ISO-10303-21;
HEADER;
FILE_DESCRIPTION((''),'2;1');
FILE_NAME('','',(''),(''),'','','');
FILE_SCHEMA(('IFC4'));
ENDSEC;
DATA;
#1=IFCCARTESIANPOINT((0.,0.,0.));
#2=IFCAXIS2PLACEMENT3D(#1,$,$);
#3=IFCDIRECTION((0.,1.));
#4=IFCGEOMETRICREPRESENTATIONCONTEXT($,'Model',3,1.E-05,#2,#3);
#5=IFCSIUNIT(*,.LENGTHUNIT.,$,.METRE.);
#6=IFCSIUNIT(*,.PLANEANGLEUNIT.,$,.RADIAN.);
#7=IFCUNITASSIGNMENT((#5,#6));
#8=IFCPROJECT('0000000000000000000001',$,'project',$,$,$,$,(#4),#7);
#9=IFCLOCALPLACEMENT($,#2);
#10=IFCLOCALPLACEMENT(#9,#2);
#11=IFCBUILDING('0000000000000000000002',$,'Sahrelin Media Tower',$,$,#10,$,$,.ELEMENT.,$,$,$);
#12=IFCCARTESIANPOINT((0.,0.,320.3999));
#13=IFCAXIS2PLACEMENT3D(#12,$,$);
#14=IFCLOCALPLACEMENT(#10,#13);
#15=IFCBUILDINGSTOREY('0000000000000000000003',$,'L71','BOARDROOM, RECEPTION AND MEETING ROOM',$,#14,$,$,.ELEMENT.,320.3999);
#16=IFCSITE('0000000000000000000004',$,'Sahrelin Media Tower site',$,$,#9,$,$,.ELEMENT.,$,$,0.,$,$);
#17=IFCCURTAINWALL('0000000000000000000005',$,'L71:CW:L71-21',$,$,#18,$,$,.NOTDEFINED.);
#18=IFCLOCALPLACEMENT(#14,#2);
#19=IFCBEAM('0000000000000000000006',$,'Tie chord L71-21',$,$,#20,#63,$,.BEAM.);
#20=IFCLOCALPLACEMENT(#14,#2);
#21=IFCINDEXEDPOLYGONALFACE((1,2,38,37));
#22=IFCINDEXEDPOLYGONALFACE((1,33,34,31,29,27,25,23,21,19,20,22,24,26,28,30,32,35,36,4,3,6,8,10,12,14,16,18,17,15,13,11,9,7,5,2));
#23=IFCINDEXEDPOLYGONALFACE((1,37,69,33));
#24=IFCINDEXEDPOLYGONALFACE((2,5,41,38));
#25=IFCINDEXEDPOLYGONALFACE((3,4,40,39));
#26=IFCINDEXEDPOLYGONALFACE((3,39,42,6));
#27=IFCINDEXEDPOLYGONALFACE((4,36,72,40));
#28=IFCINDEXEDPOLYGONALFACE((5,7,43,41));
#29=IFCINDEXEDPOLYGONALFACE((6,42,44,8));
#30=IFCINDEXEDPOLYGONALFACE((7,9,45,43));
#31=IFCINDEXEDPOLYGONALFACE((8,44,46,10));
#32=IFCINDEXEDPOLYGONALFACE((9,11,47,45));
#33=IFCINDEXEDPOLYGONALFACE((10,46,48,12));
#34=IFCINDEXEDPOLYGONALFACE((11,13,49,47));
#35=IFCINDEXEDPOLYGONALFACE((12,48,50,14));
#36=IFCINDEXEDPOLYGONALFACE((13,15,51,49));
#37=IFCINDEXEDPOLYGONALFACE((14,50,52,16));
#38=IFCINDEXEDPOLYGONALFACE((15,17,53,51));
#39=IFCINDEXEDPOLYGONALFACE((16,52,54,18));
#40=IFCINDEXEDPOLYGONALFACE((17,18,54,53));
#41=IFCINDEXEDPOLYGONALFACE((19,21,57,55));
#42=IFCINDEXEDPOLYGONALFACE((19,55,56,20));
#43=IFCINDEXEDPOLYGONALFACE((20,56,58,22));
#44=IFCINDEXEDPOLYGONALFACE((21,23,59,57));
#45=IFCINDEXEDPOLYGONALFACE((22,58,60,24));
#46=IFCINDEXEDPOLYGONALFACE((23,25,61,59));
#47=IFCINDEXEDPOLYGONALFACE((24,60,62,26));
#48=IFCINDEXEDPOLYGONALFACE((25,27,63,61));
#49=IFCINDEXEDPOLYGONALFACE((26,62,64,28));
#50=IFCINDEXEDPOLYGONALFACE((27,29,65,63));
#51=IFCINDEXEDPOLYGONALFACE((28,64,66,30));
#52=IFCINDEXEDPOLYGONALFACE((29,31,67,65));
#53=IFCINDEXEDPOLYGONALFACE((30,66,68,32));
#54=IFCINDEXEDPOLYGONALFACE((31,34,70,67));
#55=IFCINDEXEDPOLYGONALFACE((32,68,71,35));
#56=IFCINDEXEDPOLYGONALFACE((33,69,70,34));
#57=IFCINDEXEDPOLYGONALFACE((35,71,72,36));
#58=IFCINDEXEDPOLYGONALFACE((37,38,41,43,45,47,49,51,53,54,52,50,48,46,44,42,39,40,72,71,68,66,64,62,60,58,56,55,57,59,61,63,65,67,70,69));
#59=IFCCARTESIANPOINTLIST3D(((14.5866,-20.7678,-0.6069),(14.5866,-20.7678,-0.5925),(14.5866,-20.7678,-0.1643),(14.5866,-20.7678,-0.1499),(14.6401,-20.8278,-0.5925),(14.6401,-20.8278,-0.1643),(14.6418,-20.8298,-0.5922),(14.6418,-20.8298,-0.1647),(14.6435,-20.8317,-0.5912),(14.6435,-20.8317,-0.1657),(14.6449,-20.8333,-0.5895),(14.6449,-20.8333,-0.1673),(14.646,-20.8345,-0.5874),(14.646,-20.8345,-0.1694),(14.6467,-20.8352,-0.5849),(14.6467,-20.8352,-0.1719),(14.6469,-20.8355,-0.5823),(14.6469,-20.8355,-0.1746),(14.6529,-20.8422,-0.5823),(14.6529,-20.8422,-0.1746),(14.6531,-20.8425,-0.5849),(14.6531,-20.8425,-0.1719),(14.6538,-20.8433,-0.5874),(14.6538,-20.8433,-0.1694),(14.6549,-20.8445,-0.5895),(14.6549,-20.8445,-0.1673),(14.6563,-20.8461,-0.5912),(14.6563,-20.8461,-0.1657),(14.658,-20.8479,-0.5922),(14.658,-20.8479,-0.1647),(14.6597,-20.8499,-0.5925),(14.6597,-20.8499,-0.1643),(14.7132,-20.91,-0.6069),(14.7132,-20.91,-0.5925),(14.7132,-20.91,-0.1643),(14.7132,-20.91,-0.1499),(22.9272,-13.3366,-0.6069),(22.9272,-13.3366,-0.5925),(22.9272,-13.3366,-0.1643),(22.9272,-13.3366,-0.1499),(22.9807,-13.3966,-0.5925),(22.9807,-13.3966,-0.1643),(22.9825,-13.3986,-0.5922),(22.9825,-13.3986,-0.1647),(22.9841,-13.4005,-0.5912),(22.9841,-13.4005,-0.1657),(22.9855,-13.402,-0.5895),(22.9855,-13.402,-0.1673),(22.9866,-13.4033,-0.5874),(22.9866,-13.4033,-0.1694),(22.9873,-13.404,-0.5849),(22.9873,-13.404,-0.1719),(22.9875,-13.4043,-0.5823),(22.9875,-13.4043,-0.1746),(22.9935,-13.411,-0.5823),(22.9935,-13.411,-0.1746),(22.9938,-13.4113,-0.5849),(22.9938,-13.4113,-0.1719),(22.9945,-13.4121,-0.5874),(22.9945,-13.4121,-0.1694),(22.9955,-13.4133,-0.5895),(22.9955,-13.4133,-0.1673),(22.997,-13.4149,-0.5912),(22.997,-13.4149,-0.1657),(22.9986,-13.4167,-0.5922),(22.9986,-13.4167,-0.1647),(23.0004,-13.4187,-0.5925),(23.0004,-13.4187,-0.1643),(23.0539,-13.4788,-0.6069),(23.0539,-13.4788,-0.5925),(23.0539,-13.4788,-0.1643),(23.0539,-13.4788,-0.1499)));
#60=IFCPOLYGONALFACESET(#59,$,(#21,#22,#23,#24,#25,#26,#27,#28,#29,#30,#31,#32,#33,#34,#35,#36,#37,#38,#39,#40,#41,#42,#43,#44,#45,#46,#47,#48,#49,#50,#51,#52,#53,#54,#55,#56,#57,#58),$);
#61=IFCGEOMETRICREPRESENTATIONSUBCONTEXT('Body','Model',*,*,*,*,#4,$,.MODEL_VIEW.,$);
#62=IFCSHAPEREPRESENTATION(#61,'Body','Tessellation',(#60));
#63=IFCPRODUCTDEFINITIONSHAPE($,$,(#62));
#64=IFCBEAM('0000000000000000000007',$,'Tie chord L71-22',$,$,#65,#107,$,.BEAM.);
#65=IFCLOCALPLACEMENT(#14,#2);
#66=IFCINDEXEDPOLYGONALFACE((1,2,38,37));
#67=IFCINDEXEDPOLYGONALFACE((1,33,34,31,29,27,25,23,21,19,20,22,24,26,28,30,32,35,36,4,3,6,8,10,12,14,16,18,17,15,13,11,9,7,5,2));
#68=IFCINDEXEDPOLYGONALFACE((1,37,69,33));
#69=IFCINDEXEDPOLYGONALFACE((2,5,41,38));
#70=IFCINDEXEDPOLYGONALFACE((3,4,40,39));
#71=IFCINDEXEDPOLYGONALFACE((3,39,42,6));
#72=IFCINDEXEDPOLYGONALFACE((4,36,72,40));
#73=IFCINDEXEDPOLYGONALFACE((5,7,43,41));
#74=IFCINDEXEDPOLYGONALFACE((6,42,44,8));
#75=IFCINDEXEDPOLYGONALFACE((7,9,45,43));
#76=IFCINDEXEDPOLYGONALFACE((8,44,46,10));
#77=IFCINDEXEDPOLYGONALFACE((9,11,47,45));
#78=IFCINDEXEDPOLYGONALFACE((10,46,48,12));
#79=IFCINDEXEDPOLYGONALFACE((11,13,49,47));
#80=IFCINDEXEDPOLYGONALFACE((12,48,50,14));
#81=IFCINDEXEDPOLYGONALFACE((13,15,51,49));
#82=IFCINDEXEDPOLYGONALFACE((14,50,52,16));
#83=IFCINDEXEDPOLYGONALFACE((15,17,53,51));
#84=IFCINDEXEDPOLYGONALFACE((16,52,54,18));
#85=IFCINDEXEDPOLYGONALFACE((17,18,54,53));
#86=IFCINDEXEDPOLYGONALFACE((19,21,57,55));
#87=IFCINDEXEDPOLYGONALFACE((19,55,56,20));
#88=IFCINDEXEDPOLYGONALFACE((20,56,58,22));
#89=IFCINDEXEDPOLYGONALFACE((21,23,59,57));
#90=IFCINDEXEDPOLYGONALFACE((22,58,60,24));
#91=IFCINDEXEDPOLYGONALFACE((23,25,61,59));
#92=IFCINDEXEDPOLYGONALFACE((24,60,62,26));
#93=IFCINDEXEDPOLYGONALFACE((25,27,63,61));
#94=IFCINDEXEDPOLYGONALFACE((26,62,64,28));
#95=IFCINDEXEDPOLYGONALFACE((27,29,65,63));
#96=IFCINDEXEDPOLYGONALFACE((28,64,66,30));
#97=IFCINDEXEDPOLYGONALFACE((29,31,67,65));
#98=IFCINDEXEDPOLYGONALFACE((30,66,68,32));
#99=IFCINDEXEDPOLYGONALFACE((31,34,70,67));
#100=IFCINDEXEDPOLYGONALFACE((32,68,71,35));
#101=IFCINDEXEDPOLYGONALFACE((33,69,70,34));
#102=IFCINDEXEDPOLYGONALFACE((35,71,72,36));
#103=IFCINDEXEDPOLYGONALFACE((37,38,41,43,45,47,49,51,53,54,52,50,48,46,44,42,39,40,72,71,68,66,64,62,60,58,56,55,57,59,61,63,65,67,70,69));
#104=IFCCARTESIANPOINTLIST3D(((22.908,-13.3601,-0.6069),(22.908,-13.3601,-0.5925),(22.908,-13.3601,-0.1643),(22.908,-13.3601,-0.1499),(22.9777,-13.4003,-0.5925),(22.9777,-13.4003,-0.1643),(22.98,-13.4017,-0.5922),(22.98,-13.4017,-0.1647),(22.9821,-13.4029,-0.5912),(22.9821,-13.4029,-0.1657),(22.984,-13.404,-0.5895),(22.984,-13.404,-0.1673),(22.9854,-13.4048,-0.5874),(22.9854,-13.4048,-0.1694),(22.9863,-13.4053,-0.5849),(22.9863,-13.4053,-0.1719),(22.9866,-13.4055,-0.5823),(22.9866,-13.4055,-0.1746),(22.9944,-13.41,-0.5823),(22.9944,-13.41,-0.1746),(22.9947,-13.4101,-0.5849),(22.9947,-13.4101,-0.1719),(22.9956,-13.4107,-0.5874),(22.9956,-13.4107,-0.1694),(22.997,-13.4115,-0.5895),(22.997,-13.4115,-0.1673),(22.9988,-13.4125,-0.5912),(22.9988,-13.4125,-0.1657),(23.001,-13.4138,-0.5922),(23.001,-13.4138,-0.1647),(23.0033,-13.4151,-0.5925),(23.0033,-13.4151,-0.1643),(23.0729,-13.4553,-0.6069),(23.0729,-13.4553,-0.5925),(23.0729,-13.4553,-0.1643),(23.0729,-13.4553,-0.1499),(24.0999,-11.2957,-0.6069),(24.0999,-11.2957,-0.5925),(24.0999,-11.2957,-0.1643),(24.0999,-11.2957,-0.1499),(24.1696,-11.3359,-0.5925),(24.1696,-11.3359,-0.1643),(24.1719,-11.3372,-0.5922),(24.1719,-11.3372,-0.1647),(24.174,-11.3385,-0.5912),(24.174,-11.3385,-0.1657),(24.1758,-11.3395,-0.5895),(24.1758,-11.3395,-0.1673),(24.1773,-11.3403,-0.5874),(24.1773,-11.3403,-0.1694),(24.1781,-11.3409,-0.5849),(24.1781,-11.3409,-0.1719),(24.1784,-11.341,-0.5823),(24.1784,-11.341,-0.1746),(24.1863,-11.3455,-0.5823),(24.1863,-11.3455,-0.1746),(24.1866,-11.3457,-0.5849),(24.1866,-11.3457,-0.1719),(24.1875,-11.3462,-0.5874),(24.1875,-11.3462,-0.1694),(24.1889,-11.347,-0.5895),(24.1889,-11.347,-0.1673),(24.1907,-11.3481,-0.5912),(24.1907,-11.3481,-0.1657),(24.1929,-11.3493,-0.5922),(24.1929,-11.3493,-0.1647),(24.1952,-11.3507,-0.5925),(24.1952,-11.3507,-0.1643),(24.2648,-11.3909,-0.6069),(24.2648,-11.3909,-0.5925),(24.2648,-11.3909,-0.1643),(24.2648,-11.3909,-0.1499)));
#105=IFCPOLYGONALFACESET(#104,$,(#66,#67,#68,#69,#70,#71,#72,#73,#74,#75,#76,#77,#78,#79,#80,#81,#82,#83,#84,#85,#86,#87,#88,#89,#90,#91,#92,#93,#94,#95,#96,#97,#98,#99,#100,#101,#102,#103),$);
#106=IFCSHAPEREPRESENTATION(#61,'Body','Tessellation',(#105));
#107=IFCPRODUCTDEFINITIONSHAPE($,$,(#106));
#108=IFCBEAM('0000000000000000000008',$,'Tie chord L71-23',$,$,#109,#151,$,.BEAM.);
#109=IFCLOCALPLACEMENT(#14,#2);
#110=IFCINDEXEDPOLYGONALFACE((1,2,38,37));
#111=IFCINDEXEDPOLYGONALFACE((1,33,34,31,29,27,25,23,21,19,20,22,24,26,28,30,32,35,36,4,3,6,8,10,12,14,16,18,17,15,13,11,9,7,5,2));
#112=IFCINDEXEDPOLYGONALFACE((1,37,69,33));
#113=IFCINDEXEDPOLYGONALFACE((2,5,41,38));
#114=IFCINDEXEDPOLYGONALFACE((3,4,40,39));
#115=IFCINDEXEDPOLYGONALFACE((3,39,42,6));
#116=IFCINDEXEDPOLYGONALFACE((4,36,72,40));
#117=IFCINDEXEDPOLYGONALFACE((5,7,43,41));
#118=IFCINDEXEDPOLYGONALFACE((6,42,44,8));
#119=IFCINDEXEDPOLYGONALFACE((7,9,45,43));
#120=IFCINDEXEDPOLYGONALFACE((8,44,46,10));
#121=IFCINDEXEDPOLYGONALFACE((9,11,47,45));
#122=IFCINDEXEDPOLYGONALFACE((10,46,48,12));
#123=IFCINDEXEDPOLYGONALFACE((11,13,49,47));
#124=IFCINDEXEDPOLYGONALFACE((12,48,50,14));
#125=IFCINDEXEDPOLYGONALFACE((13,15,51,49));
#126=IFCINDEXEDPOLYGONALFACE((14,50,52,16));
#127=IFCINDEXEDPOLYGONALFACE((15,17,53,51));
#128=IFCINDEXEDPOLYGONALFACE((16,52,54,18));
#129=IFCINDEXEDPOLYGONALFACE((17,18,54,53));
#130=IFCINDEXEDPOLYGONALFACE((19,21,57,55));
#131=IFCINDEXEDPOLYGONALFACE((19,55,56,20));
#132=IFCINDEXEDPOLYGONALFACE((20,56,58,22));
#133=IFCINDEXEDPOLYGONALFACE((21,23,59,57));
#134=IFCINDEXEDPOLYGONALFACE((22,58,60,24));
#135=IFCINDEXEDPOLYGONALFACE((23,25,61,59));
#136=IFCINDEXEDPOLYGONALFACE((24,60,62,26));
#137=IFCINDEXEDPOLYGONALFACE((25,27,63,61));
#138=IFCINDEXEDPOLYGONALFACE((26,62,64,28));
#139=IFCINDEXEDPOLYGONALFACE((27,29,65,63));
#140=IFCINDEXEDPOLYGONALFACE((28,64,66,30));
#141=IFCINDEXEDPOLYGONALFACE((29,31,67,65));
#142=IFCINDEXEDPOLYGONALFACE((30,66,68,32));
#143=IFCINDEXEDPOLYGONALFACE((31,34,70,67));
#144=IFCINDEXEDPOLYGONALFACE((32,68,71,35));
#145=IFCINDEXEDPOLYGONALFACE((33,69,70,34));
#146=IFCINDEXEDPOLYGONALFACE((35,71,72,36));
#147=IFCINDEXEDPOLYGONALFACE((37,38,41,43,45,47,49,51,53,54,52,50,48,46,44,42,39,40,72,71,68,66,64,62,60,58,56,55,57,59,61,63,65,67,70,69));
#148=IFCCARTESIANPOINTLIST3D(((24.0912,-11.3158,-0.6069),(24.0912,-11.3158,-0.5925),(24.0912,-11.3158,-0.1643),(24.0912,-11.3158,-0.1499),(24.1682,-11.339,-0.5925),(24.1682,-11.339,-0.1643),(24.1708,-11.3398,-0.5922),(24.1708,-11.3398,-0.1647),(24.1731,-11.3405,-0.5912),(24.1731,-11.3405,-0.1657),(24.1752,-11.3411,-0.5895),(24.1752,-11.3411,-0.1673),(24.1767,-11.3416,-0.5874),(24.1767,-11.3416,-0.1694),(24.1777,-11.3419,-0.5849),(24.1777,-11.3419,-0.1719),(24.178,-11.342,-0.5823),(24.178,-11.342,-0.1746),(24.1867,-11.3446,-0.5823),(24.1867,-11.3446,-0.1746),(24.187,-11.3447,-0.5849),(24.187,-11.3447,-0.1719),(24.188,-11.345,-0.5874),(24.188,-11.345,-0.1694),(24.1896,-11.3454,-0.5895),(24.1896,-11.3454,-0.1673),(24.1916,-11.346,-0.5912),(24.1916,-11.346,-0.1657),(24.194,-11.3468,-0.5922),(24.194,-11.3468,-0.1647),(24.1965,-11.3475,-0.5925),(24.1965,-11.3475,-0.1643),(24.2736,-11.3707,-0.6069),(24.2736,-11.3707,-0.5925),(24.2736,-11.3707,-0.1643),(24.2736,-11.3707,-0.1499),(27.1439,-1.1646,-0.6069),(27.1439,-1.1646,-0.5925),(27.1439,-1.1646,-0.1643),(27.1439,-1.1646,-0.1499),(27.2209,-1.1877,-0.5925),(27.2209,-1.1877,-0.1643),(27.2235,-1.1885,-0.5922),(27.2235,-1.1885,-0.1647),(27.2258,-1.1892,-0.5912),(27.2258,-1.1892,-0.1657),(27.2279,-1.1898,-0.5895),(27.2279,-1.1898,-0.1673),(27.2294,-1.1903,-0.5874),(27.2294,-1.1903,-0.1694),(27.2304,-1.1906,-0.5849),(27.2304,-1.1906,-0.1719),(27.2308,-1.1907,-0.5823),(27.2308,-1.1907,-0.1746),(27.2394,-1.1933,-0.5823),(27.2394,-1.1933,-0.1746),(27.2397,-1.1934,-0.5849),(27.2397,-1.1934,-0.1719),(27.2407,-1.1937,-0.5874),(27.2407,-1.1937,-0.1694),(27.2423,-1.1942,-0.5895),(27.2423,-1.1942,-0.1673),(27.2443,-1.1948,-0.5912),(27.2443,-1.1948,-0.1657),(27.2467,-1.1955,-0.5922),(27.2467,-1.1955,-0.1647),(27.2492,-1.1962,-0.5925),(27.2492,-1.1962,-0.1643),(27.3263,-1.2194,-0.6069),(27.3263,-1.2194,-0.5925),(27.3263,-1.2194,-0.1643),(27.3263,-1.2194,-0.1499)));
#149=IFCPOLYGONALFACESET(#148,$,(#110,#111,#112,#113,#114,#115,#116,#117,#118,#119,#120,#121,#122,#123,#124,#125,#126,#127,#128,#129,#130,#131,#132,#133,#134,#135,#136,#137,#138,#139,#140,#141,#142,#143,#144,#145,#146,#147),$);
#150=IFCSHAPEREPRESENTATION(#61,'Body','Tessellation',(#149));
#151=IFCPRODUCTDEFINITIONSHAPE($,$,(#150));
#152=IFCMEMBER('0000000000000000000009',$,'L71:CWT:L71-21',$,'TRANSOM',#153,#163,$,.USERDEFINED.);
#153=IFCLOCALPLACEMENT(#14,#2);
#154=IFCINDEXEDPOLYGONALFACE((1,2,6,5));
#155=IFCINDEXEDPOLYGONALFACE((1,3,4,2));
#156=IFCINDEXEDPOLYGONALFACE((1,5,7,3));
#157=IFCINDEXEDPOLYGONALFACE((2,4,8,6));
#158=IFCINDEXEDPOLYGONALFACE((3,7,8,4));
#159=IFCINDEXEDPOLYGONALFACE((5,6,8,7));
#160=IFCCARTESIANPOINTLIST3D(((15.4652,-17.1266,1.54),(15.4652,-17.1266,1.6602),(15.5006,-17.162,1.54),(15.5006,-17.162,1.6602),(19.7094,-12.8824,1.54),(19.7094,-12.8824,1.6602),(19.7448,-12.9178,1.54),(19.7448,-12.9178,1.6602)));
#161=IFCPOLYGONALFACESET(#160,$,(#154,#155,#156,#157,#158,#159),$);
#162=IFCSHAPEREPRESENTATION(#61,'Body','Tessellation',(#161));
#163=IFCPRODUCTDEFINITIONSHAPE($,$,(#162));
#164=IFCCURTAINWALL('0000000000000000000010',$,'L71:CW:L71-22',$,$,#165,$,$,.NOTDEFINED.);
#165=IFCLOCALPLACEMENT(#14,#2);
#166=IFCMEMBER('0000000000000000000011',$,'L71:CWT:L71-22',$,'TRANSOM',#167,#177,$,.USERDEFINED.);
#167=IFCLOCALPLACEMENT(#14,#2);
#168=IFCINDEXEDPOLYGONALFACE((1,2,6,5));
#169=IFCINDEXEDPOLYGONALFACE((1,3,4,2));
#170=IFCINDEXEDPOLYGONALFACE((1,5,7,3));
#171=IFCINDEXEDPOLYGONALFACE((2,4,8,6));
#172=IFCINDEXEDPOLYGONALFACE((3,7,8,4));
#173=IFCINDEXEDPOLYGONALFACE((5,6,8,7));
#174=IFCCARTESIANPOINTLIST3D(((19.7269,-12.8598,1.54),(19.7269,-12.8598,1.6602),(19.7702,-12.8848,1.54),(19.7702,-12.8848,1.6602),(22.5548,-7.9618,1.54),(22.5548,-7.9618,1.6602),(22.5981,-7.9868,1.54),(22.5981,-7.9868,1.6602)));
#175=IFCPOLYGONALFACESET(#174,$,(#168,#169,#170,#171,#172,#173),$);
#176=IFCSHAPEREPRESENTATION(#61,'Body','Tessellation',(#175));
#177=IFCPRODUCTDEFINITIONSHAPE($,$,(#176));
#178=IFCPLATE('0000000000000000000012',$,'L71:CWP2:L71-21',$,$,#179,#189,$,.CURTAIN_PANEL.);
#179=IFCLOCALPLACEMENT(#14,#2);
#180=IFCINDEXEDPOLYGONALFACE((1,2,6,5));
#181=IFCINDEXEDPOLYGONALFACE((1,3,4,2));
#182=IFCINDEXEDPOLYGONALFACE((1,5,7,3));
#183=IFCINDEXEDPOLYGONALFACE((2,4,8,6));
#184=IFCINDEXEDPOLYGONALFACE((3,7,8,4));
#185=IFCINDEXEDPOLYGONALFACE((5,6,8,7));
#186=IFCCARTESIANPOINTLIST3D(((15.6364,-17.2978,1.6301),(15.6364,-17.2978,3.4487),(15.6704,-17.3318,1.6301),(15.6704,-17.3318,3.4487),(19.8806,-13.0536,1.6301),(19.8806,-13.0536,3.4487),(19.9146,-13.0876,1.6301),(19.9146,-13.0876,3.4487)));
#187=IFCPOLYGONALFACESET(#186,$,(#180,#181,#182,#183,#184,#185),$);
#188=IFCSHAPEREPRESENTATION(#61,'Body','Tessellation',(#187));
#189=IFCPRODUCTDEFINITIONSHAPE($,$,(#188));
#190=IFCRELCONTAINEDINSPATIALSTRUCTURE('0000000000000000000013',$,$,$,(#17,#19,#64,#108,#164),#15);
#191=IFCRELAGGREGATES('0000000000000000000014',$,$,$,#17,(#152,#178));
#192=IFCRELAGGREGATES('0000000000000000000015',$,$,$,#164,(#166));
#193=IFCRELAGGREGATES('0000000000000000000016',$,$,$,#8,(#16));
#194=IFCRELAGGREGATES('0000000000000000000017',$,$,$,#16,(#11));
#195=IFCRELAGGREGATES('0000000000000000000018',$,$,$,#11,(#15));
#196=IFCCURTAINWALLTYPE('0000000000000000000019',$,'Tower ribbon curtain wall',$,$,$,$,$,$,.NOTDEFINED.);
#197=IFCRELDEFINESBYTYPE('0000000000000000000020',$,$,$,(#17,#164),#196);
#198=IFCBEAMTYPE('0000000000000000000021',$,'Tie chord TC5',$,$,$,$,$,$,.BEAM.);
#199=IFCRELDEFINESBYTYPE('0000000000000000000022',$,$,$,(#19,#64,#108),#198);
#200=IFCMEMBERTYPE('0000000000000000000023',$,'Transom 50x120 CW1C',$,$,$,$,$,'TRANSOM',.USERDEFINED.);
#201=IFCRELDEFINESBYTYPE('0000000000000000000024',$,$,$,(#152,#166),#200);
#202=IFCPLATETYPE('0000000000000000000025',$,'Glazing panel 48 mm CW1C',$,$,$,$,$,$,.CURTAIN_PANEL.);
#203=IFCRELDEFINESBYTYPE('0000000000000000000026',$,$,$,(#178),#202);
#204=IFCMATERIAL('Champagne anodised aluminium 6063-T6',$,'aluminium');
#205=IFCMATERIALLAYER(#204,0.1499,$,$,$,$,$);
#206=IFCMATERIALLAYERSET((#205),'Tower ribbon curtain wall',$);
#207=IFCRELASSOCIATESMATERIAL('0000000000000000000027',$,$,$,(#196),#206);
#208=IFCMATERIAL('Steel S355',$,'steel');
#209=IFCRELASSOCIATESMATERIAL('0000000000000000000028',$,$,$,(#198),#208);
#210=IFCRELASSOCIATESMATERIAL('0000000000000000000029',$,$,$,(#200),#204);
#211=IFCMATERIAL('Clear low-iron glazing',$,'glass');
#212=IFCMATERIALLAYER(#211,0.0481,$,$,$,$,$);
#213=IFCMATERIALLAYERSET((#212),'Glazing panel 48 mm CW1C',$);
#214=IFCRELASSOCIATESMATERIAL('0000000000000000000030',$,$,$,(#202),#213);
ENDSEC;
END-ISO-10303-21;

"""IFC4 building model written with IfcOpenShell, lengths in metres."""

from ifc_helpers import new_model, si_unit, direction, frame, origin, origin_2d, place, context, subcontext, project, spatial, polyline, rectangle, i_section, outline, extrude, material, layer, layer_set, material_profile, profile_set, type_object, element, aggregate, save


model = new_model("IFC4")

# Units and contexts
model_context = context("Model", 3, precision=1e-05, world=origin(), true_north=direction((0.0, 1.0)))
body_context = subcontext(model_context, "Body", "Model", "MODEL_VIEW")
ifc_project = project(units=[si_unit("LENGTHUNIT", "METRE"), si_unit("PLANEANGLEUNIT", "RADIAN")], contexts=[model_context])

# Site, building, storey
site_placement = place(None, origin())
site = spatial("IfcSite", under=ifc_project, at=site_placement, Name="Sahrelin Media Tower site", CompositionType="ELEMENT", RefElevation=0.0)
building_placement = place(site_placement, origin())
building = spatial("IfcBuilding", under=site, at=building_placement, Name="Sahrelin Media Tower", CompositionType="ELEMENT")
storey_placement = place(building_placement, frame((0.0, 0.0, 320.3999)))
storey = spatial("IfcBuildingStorey", under=building, at=storey_placement, Name="L71", Description="BOARDROOM, RECEPTION AND MEETING ROOM", CompositionType="ELEMENT", Elevation=320.3999)

# Shared definitions
ifc_material_1 = material(Name="Steel S355", Category="steel")

# Curtain wall
ifc_material_2 = material(Name="Champagne anodised aluminium 6063-T6", Category="aluminium")
ifc_layer_1 = layer(ifc_material_2, 0.1499)
ifc_layer_set_1 = layer_set([ifc_layer_1], Name="Tower ribbon curtain wall")
curtain_wall_type = type_object("IfcCurtainWallType", Name="Tower ribbon curtain wall", PredefinedType="NOTDEFINED", material=ifc_layer_set_1)
curtain_wall_1_placement = place(storey_placement, frame((17.7783, -15.1956, 0.0), z_axis=(0.0, 0.0, 1.0), x_axis=(1.0, 0.0, 0.0)))
curtain_wall_1 = element("IfcCurtainWall", 1, at=curtain_wall_1_placement, inside=storey, type_object=curtain_wall_type, Name="L71:CW:L71-21", PredefinedType="NOTDEFINED")

# Beams
ifc_material_profile_1 = material_profile(ifc_material_1, i_section(OverallWidth=0.1904, OverallDepth=0.457, WebThickness=0.009, FlangeThickness=0.0144, FilletRadius=0.0103, at=origin_2d()), Name="UB 457x191x74")
ifc_profile_set_1 = profile_set([ifc_material_profile_1], Name="Steel S355")
beam_type_1 = type_object("IfcBeamType", Name="Tie chord TC5", PredefinedType="BEAM", material=ifc_profile_set_1)
beam_1_placement = place(storey_placement, frame((14.6499, -20.8389, -0.3784), z_axis=(0.74664, 0.665229, 0.0), x_axis=(-0.665229, 0.74664, 0.0)))
element("IfcBeam", 2, at=beam_1_placement, inside=storey, type_object=beam_type_1, Name="Tie chord L71-21", PredefinedType="BEAM", context=body_context, shape_type="SweptSolid", body=[
    extrude(i_section(OverallWidth=0.1904, OverallDepth=0.457, WebThickness=0.009, FlangeThickness=0.0144, FilletRadius=0.0103, at=origin_2d()), origin(), (0.0, 0.0, 1.0), 11.1709),
])
beam_2_placement = place(storey_placement, frame((22.9905, -13.4077, -0.3784), z_axis=(0.499994, 0.866029, 0.0), x_axis=(-0.866029, 0.499994, 0.0)))
element("IfcBeam", 3, at=beam_2_placement, inside=storey, type_object=beam_type_1, Name="Tie chord L71-22", PredefinedType="BEAM", context=body_context, shape_type="SweptSolid", body=[
    extrude(i_section(OverallWidth=0.1904, OverallDepth=0.457, WebThickness=0.009, FlangeThickness=0.0144, FilletRadius=0.0103, at=origin_2d()), origin(), (0.0, 0.0, 1.0), 2.3838),
])
beam_3_placement = place(storey_placement, frame((24.1824, -11.3433, -0.3784), z_axis=(0.287982, 0.957636, 0.0), x_axis=(-0.957636, 0.287982, 0.0)))
element("IfcBeam", 4, at=beam_3_placement, inside=storey, type_object=beam_type_1, Name="Tie chord L71-23", PredefinedType="BEAM", context=body_context, shape_type="SweptSolid", body=[
    extrude(i_section(OverallWidth=0.1904, OverallDepth=0.457, WebThickness=0.009, FlangeThickness=0.0144, FilletRadius=0.0103, at=origin_2d()), origin(), (0.0, 0.0, 1.0), 10.6003),
])

# Member
ifc_material_profile_2 = material_profile(ifc_material_2, rectangle(XDim=0.05, YDim=0.1201, at=origin_2d()), Name="Transom 50x120")
ifc_profile_set_2 = profile_set([ifc_material_profile_2], Name="Champagne anodised aluminium 6063-T6")
member_type_1 = type_object("IfcMemberType", Name="Transom 50x120 CW1C", ElementType="TRANSOM", PredefinedType="USERDEFINED", material=ifc_profile_set_2)
member_1_placement = place(storey_placement, frame((15.4829, -17.1443, 1.6001), z_axis=(0.707107, 0.707107, 0.0), x_axis=(-0.707107, 0.707107, 0.0)))
member_1 = element("IfcMember", 5, at=member_1_placement, type_object=member_type_1, Name="L71:CWT:L71-21", ObjectType="TRANSOM", PredefinedType="USERDEFINED", context=body_context, shape_type="SweptSolid", body=[
    extrude(rectangle(XDim=0.05, YDim=0.1201, at=origin_2d()), origin(), (0.0, 0.0, 1.0), 6.0022),
])

# Curtain wall, member
curtain_wall_2_placement = place(storey_placement, frame((21.3748, -10.5459, 0.0), z_axis=(0.0, 0.0, 1.0), x_axis=(1.0, 0.0, 0.0)))
curtain_wall_2 = element("IfcCurtainWall", 6, at=curtain_wall_2_placement, inside=storey, type_object=curtain_wall_type, Name="L71:CW:L71-22", PredefinedType="NOTDEFINED")
member_2_placement = place(storey_placement, frame((19.7485, -12.8723, 1.6001), z_axis=(0.500006, 0.866022, 0.0), x_axis=(-0.866022, 0.500006, 0.0)))
member_2 = element("IfcMember", 7, at=member_2_placement, type_object=member_type_1, Name="L71:CWT:L71-22", ObjectType="TRANSOM", PredefinedType="USERDEFINED", context=body_context, shape_type="SweptSolid", body=[
    extrude(rectangle(XDim=0.05, YDim=0.1201, at=origin_2d()), origin(), (0.0, 0.0, 1.0), 5.6558),
])

# Plate
ifc_material_3 = material(Name="Clear low-iron glazing", Category="glass")
ifc_layer_2 = layer(ifc_material_3, 0.0481)
ifc_layer_set_2 = layer_set([ifc_layer_2], Name="Glazing panel 48 mm CW1C")
plate_type_1 = type_object("IfcPlateType", Name="Glazing panel 48 mm CW1C", PredefinedType="CURTAIN_PANEL", material=ifc_layer_set_2)
plate_1_placement = place(storey_placement, frame((15.6704, -17.3318, 1.6301), z_axis=(0.707107, -0.707107, 0.0), x_axis=(0.707107, 0.707107, 0.0)))
plate_1 = element("IfcPlate", 8, at=plate_1_placement, type_object=plate_type_1, Name="L71:CWP2:L71-21", PredefinedType="CURTAIN_PANEL", context=body_context, shape_type="SweptSolid", body=[
    extrude(outline(polyline([(0.0, 0.0), (6.0022, 0.0), (6.0022, 1.8186), (0.0, 1.8186), (0.0, 0.0)])), origin(), (0.0, 0.0, -1.0), 0.0481),
])
aggregate(curtain_wall_1, [member_1, plate_1])
aggregate(curtain_wall_2, [member_2])

save(model, "model.ifc")
